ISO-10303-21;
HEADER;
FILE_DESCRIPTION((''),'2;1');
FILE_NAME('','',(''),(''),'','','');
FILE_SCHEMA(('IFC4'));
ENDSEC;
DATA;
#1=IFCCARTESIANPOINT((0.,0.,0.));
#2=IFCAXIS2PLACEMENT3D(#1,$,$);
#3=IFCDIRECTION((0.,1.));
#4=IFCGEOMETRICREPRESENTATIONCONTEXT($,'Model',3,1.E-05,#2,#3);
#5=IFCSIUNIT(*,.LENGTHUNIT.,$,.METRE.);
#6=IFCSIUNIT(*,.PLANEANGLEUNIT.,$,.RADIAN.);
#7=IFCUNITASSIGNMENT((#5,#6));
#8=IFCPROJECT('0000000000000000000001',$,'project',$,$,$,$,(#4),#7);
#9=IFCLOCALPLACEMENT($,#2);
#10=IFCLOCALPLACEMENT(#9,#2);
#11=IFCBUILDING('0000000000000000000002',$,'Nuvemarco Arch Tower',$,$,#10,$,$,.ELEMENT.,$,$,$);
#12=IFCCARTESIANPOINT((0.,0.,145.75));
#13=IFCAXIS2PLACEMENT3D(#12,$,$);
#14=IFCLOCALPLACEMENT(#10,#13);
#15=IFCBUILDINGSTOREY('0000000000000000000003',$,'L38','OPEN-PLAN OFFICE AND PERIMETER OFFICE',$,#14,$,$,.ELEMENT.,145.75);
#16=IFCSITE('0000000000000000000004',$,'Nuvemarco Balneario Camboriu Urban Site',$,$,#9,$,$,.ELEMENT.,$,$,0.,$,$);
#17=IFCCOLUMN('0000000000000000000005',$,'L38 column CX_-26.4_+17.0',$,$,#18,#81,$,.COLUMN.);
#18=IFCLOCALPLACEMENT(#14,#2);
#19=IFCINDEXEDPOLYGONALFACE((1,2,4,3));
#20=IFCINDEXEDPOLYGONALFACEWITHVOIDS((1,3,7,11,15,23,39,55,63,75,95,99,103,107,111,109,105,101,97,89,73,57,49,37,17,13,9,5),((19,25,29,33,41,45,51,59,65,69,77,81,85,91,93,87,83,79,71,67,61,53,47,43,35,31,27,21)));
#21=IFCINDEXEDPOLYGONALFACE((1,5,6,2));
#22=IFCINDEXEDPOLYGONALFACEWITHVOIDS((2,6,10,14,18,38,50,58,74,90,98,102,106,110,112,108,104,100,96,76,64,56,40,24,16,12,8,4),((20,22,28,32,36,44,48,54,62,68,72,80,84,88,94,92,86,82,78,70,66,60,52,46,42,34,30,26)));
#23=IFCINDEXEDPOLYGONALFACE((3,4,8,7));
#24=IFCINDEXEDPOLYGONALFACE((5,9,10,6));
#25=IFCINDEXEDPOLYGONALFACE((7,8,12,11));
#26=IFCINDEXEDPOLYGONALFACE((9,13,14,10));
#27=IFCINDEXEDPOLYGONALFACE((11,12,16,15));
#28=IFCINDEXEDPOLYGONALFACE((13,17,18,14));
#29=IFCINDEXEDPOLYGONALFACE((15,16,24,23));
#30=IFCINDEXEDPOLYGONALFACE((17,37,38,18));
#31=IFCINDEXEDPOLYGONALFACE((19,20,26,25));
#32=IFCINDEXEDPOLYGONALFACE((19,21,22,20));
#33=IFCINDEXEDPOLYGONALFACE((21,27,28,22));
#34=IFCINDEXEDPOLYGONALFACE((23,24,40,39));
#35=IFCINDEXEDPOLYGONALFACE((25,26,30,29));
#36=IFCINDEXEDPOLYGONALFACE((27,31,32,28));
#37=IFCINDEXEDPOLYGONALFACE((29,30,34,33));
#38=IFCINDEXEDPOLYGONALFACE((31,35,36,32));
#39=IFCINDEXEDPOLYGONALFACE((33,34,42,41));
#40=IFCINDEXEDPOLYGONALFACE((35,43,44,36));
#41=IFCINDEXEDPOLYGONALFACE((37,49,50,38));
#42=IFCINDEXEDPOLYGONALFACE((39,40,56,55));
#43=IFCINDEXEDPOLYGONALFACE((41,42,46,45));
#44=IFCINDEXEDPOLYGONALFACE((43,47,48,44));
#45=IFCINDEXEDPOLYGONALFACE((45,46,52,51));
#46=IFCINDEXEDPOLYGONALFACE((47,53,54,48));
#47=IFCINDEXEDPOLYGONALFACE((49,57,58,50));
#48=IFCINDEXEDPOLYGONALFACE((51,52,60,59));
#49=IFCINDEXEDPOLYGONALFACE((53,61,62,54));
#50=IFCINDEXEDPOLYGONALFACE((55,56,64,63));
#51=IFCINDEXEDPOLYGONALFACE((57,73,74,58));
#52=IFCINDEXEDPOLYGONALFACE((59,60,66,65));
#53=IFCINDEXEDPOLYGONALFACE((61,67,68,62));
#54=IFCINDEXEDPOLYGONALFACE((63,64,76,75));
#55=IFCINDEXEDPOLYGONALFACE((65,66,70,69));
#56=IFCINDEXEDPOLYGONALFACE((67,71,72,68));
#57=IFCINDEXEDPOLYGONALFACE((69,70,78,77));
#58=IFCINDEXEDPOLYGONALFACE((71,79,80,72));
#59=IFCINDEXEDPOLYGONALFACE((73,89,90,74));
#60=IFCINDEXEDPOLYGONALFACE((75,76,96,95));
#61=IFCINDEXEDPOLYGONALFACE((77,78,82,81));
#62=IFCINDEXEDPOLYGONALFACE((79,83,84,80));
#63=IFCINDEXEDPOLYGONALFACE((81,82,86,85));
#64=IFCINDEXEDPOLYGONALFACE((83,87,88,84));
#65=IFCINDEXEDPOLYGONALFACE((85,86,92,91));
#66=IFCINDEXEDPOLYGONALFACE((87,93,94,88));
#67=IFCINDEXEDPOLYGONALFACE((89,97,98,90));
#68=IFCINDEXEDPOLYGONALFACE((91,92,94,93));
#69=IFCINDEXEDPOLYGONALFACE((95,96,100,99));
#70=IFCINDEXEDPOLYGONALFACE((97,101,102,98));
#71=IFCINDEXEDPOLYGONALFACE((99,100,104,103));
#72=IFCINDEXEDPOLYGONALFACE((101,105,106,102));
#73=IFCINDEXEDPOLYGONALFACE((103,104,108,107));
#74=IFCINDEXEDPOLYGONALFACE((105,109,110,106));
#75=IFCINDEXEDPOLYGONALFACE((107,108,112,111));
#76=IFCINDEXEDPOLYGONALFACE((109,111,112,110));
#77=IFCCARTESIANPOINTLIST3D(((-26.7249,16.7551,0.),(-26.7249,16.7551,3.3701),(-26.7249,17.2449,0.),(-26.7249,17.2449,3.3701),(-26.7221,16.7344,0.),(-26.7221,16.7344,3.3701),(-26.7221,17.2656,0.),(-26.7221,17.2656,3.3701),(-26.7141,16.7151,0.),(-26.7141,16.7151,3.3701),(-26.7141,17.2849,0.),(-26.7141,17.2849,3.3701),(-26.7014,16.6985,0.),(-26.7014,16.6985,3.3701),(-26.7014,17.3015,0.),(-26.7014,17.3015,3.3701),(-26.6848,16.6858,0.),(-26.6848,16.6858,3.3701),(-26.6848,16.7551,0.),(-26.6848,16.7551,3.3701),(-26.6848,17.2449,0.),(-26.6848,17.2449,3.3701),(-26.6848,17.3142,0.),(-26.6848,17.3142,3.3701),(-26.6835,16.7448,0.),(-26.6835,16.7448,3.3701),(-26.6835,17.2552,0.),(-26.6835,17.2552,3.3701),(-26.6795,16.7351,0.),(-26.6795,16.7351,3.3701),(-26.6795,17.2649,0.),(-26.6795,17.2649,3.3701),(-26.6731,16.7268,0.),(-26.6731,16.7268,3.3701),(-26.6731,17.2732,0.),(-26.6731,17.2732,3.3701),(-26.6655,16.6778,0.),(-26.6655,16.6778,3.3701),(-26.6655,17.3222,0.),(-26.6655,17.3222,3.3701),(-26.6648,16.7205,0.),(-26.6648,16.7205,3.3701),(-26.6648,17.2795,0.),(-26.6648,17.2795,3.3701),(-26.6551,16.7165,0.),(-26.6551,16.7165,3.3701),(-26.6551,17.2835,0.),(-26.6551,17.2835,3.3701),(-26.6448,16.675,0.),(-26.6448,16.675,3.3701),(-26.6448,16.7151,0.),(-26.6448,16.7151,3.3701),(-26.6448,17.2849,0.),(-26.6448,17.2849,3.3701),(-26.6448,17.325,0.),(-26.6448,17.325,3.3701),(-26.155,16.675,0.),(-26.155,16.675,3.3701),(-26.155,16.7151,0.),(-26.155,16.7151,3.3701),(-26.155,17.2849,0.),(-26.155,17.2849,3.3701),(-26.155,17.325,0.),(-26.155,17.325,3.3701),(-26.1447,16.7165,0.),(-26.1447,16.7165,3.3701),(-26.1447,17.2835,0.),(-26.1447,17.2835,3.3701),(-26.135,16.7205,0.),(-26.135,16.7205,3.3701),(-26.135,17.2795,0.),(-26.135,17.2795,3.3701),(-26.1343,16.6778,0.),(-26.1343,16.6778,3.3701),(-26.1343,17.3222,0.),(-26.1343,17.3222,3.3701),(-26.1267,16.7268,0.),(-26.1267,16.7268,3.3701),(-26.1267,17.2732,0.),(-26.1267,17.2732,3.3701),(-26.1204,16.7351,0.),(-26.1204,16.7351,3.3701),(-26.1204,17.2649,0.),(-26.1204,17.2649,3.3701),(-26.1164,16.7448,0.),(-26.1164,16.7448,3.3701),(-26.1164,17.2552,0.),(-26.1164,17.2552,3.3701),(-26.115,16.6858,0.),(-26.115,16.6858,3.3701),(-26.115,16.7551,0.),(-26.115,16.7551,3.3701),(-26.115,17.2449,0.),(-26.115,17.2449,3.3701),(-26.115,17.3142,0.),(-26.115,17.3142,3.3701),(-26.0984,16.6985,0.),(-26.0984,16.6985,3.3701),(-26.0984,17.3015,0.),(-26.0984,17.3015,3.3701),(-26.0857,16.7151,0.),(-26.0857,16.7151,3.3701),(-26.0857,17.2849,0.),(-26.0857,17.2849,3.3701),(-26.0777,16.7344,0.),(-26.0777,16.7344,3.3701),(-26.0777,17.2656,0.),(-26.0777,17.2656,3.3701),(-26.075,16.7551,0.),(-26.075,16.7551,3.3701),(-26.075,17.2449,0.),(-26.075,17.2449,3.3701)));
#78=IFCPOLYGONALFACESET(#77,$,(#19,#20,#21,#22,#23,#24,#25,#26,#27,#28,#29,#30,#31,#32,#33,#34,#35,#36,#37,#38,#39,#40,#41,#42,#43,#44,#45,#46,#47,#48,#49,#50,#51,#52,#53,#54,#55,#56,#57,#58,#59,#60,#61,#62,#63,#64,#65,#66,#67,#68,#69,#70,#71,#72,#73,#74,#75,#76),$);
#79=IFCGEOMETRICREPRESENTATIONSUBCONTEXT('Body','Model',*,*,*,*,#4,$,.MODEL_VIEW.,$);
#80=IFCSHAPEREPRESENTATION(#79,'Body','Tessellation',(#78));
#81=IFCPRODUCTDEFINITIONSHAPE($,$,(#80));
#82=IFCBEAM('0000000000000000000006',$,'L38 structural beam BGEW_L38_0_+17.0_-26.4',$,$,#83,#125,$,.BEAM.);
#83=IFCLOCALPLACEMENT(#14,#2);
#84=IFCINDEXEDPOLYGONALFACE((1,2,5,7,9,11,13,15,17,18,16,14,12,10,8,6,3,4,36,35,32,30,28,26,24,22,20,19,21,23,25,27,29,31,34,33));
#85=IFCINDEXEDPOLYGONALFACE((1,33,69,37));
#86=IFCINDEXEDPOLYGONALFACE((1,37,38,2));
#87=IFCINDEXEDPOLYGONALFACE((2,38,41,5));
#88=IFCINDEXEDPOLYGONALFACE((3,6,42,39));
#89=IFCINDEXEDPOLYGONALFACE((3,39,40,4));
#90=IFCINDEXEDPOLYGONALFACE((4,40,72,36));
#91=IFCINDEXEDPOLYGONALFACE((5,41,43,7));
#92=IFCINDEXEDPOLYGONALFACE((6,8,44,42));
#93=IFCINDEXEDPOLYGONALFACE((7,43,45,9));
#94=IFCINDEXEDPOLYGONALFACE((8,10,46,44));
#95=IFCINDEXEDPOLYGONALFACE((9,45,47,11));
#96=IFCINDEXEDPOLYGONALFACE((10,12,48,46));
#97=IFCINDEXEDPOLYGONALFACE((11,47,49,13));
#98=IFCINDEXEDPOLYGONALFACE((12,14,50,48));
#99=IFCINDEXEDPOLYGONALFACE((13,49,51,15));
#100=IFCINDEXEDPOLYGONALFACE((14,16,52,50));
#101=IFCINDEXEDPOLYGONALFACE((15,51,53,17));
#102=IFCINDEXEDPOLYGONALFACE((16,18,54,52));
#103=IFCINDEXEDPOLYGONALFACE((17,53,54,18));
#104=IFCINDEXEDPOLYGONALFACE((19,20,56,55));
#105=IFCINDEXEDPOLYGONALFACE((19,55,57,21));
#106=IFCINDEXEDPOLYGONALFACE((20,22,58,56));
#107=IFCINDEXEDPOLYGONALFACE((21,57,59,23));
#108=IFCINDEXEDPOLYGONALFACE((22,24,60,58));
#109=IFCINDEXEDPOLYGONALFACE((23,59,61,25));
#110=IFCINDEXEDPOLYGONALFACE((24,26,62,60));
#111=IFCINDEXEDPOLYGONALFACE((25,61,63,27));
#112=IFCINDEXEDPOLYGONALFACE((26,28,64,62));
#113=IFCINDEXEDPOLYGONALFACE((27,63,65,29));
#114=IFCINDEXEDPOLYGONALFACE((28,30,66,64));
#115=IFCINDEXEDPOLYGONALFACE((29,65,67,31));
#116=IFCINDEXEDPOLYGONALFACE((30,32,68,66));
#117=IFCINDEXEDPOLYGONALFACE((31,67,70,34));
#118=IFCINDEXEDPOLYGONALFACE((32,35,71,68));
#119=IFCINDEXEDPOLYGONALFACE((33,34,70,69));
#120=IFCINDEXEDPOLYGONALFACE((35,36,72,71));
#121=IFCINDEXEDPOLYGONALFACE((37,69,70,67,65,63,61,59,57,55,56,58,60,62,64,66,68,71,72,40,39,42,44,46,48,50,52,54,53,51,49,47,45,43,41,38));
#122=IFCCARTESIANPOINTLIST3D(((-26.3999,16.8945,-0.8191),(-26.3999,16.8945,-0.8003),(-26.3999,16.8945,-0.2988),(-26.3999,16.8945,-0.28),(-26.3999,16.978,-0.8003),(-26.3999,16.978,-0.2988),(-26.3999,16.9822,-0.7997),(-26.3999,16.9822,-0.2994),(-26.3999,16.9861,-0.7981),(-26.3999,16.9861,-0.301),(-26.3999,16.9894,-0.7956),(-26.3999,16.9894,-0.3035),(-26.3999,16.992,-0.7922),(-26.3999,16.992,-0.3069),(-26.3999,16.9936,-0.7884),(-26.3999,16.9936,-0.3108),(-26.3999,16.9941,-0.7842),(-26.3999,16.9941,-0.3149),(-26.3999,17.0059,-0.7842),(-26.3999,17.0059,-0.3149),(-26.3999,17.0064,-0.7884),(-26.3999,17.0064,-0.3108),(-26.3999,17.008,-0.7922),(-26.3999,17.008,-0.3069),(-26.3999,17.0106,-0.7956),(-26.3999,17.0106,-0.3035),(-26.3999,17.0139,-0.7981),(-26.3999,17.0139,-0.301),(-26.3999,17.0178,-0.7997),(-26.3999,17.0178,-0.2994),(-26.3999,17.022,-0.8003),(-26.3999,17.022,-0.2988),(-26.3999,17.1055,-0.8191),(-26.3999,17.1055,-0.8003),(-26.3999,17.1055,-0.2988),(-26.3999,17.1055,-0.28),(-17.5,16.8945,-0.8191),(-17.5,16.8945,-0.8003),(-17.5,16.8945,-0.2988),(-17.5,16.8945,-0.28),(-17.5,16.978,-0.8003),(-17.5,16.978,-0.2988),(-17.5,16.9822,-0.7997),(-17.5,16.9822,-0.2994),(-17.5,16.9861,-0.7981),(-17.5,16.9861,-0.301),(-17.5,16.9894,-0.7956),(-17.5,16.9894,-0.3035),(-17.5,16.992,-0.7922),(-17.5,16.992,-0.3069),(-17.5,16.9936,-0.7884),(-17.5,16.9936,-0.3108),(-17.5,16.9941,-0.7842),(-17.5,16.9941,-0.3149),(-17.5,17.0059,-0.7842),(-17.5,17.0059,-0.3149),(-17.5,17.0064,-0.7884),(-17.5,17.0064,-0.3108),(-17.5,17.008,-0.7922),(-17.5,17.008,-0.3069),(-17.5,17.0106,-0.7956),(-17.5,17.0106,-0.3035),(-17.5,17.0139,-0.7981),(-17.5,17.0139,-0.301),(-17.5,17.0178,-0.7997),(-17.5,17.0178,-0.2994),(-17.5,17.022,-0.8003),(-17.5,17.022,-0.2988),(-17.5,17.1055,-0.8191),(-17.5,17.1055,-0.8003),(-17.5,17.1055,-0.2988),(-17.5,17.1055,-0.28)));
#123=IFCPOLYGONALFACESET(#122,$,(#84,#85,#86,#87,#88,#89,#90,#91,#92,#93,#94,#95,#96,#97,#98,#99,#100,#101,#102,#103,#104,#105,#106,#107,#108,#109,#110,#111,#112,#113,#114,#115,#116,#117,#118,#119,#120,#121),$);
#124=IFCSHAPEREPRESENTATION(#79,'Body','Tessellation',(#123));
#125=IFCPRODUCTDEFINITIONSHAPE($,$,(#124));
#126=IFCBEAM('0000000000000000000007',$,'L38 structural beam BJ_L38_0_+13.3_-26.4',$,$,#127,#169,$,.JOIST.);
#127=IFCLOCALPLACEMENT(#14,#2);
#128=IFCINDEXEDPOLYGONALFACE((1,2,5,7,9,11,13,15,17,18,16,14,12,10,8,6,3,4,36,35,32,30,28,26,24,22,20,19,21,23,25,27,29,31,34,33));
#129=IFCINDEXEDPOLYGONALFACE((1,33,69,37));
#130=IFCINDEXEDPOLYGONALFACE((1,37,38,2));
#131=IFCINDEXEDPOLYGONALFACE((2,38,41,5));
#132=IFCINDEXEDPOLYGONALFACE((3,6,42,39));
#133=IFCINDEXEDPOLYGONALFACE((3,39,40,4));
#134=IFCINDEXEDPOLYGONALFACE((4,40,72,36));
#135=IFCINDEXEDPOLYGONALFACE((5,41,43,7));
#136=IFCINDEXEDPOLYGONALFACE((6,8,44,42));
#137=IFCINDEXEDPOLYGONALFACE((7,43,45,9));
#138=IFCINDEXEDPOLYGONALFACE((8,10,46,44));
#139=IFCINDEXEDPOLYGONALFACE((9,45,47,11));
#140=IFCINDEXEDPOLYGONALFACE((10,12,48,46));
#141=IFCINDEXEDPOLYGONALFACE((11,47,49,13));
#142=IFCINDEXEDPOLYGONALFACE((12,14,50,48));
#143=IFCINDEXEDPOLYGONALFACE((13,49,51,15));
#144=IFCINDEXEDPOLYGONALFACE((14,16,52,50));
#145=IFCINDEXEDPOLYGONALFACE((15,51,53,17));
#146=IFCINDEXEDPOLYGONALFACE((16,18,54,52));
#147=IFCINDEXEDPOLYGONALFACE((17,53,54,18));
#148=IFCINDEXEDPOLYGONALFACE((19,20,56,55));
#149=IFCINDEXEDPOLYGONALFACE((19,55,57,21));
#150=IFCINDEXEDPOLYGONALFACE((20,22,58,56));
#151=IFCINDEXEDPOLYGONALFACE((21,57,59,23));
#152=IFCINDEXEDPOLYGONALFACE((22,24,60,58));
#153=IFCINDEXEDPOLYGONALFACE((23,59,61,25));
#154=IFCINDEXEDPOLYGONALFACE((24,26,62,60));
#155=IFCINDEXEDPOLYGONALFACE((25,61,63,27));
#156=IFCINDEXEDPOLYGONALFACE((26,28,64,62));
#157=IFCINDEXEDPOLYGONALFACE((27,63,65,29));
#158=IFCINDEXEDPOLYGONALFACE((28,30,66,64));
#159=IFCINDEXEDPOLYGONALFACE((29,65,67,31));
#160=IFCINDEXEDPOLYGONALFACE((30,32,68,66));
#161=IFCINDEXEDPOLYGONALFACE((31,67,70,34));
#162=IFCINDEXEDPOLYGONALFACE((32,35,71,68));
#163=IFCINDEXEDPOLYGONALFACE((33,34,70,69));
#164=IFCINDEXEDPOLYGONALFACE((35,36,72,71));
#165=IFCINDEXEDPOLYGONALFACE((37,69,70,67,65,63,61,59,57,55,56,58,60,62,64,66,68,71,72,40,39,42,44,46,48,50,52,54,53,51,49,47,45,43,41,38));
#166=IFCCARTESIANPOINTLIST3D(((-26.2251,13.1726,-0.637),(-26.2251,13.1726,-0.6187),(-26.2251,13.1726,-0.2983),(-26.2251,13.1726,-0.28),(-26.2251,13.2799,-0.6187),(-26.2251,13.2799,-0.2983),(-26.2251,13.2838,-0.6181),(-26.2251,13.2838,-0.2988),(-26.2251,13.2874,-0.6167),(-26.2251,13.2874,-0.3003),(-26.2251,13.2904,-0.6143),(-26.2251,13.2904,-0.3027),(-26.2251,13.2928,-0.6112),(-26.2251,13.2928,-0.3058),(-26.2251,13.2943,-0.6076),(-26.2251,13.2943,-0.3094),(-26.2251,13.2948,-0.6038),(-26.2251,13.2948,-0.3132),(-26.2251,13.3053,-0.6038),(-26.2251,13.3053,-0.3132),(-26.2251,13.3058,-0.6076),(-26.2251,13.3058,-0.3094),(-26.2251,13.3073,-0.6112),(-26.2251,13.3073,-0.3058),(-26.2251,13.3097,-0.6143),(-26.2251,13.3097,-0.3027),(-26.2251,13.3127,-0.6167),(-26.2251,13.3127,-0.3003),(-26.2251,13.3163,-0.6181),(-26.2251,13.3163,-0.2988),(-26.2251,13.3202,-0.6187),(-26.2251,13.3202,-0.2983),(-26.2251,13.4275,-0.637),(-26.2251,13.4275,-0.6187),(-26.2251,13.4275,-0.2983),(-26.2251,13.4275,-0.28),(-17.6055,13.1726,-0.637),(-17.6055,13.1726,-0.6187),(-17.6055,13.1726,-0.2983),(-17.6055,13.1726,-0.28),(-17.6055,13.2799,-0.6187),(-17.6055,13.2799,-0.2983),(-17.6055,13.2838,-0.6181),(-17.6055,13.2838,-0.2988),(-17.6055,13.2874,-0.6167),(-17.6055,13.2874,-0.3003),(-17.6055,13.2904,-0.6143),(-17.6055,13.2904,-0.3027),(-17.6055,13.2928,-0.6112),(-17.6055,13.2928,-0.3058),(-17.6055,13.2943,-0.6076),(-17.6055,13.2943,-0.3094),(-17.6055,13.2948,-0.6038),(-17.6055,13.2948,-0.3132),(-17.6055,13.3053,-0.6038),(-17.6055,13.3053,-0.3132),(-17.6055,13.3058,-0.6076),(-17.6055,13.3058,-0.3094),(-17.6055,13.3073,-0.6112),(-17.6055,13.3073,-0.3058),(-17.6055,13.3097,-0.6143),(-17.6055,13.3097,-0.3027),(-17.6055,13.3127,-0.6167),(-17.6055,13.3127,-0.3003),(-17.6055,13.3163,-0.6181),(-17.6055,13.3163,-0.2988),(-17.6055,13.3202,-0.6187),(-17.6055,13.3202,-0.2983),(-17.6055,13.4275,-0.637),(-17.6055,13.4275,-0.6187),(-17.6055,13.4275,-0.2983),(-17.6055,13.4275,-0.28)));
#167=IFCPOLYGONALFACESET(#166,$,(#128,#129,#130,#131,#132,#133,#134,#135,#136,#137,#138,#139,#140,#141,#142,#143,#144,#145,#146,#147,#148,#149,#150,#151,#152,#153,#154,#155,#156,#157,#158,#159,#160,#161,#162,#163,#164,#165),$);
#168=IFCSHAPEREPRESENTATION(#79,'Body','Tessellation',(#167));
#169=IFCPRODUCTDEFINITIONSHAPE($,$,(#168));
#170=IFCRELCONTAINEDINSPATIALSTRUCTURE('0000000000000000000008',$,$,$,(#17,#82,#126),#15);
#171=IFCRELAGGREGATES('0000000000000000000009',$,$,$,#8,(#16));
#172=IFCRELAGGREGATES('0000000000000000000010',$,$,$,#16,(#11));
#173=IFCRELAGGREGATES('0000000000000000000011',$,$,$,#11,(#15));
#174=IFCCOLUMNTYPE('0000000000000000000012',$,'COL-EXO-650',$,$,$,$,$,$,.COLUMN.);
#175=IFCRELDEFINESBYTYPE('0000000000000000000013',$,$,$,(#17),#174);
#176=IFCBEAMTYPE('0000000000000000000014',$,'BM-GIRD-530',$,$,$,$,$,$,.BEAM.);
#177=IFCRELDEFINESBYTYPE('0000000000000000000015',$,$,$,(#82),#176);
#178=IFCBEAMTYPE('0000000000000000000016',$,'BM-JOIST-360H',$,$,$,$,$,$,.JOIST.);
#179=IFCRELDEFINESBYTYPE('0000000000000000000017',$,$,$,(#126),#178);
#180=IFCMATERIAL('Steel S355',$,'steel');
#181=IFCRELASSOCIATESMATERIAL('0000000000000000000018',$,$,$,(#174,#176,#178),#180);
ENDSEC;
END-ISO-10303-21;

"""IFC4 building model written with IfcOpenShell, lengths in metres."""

from ifc_helpers import new_model, si_unit, direction, frame, origin, origin_2d, place, context, subcontext, project, spatial, hollow_rectangle, i_section, extrude, material, material_profile, profile_set, type_object, element, save


model = new_model("IFC4")

# Units and contexts
model_context = context("Model", 3, precision=1e-05, world=origin(), true_north=direction((0.0, 1.0)))
body_context = subcontext(model_context, "Body", "Model", "MODEL_VIEW")
ifc_project = project(units=[si_unit("LENGTHUNIT", "METRE"), si_unit("PLANEANGLEUNIT", "RADIAN")], contexts=[model_context])

# Site, building, storey
site_placement = place(None, origin())
site = spatial("IfcSite", under=ifc_project, at=site_placement, Name="Nuvemarco Balneario Camboriu Urban Site", CompositionType="ELEMENT", RefElevation=0.0)
building_placement = place(site_placement, origin())
building = spatial("IfcBuilding", under=site, at=building_placement, Name="Nuvemarco Arch Tower", CompositionType="ELEMENT")
storey_placement = place(building_placement, frame((0.0, 0.0, 145.75)))
storey = spatial("IfcBuildingStorey", under=building, at=storey_placement, Name="L38", Description="OPEN-PLAN OFFICE AND PERIMETER OFFICE", CompositionType="ELEMENT", Elevation=145.75)

# Column
ifc_material_1 = material(Name="Steel S355", Category="steel")
ifc_material_profile_1 = material_profile(ifc_material_1, hollow_rectangle(XDim=0.6499, YDim=0.6499, WallThickness=0.04, InnerFilletRadius=0.04, OuterFilletRadius=0.0801, at=origin_2d()), Name="SHS650x650x40")
ifc_profile_set_1 = profile_set([ifc_material_profile_1], Name="Steel S355")
column_type = type_object("IfcColumnType", Name="COL-EXO-650", PredefinedType="COLUMN", material=ifc_profile_set_1)
column_placement = place(storey_placement, frame((-26.3999, 17.0, 0.0), z_axis=(0.0, 0.0, 1.0), x_axis=(1.0, 0.0, 0.0)))
element("IfcColumn", 1, at=column_placement, inside=storey, type_object=column_type, Name="L38 column CX_-26.4_+17.0", PredefinedType="COLUMN", context=body_context, shape_type="SweptSolid", body=[
    extrude(hollow_rectangle(XDim=0.6499, YDim=0.6499, WallThickness=0.04, InnerFilletRadius=0.04, OuterFilletRadius=0.0801, at=origin_2d()), origin(), (0.0, 0.0, 1.0), 3.3701),
])

# Beams
ifc_material_profile_2 = material_profile(ifc_material_1, i_section(OverallWidth=0.2109, OverallDepth=0.5391, WebThickness=0.0117, FlangeThickness=0.0188, FilletRadius=0.0161, at=origin_2d()), Name="W530x109")
ifc_profile_set_2 = profile_set([ifc_material_profile_2], Name="Steel S355")
beam_type_1 = type_object("IfcBeamType", Name="BM-GIRD-530", PredefinedType="BEAM", material=ifc_profile_set_2)
beam_1_placement = place(storey_placement, frame((-26.3999, 17.0, -0.5496), z_axis=(1.0, 0.0, 0.0), x_axis=(0.0, 1.0, 0.0)))
element("IfcBeam", 2, at=beam_1_placement, inside=storey, type_object=beam_type_1, Name="L38 structural beam BGEW_L38_0_+17.0_-26.4", PredefinedType="BEAM", context=body_context, shape_type="SweptSolid", body=[
    extrude(i_section(OverallWidth=0.2109, OverallDepth=0.5391, WebThickness=0.0117, FlangeThickness=0.0188, FilletRadius=0.0161, at=origin_2d()), origin(), (0.0, 0.0, 1.0), 8.8999),
])
ifc_material_profile_3 = material_profile(ifc_material_1, i_section(OverallWidth=0.2549, OverallDepth=0.3569, WebThickness=0.0105, FlangeThickness=0.0183, FilletRadius=0.0149, at=origin_2d()), Name="W360x101")
ifc_profile_set_3 = profile_set([ifc_material_profile_3], Name="Steel S355")
beam_type_2 = type_object("IfcBeamType", Name="BM-JOIST-360H", PredefinedType="JOIST", material=ifc_profile_set_3)
beam_2_placement = place(storey_placement, frame((-26.2251, 13.3, -0.4585), z_axis=(1.0, 0.0, 0.0), x_axis=(0.0, 1.0, 0.0)))
element("IfcBeam", 3, at=beam_2_placement, inside=storey, type_object=beam_type_2, Name="L38 structural beam BJ_L38_0_+13.3_-26.4", PredefinedType="JOIST", context=body_context, shape_type="SweptSolid", body=[
    extrude(i_section(OverallWidth=0.2549, OverallDepth=0.3569, WebThickness=0.0105, FlangeThickness=0.0183, FilletRadius=0.0149, at=origin_2d()), origin(), (0.0, 0.0, 1.0), 8.6196),
])

save(model, "model.ifc")
